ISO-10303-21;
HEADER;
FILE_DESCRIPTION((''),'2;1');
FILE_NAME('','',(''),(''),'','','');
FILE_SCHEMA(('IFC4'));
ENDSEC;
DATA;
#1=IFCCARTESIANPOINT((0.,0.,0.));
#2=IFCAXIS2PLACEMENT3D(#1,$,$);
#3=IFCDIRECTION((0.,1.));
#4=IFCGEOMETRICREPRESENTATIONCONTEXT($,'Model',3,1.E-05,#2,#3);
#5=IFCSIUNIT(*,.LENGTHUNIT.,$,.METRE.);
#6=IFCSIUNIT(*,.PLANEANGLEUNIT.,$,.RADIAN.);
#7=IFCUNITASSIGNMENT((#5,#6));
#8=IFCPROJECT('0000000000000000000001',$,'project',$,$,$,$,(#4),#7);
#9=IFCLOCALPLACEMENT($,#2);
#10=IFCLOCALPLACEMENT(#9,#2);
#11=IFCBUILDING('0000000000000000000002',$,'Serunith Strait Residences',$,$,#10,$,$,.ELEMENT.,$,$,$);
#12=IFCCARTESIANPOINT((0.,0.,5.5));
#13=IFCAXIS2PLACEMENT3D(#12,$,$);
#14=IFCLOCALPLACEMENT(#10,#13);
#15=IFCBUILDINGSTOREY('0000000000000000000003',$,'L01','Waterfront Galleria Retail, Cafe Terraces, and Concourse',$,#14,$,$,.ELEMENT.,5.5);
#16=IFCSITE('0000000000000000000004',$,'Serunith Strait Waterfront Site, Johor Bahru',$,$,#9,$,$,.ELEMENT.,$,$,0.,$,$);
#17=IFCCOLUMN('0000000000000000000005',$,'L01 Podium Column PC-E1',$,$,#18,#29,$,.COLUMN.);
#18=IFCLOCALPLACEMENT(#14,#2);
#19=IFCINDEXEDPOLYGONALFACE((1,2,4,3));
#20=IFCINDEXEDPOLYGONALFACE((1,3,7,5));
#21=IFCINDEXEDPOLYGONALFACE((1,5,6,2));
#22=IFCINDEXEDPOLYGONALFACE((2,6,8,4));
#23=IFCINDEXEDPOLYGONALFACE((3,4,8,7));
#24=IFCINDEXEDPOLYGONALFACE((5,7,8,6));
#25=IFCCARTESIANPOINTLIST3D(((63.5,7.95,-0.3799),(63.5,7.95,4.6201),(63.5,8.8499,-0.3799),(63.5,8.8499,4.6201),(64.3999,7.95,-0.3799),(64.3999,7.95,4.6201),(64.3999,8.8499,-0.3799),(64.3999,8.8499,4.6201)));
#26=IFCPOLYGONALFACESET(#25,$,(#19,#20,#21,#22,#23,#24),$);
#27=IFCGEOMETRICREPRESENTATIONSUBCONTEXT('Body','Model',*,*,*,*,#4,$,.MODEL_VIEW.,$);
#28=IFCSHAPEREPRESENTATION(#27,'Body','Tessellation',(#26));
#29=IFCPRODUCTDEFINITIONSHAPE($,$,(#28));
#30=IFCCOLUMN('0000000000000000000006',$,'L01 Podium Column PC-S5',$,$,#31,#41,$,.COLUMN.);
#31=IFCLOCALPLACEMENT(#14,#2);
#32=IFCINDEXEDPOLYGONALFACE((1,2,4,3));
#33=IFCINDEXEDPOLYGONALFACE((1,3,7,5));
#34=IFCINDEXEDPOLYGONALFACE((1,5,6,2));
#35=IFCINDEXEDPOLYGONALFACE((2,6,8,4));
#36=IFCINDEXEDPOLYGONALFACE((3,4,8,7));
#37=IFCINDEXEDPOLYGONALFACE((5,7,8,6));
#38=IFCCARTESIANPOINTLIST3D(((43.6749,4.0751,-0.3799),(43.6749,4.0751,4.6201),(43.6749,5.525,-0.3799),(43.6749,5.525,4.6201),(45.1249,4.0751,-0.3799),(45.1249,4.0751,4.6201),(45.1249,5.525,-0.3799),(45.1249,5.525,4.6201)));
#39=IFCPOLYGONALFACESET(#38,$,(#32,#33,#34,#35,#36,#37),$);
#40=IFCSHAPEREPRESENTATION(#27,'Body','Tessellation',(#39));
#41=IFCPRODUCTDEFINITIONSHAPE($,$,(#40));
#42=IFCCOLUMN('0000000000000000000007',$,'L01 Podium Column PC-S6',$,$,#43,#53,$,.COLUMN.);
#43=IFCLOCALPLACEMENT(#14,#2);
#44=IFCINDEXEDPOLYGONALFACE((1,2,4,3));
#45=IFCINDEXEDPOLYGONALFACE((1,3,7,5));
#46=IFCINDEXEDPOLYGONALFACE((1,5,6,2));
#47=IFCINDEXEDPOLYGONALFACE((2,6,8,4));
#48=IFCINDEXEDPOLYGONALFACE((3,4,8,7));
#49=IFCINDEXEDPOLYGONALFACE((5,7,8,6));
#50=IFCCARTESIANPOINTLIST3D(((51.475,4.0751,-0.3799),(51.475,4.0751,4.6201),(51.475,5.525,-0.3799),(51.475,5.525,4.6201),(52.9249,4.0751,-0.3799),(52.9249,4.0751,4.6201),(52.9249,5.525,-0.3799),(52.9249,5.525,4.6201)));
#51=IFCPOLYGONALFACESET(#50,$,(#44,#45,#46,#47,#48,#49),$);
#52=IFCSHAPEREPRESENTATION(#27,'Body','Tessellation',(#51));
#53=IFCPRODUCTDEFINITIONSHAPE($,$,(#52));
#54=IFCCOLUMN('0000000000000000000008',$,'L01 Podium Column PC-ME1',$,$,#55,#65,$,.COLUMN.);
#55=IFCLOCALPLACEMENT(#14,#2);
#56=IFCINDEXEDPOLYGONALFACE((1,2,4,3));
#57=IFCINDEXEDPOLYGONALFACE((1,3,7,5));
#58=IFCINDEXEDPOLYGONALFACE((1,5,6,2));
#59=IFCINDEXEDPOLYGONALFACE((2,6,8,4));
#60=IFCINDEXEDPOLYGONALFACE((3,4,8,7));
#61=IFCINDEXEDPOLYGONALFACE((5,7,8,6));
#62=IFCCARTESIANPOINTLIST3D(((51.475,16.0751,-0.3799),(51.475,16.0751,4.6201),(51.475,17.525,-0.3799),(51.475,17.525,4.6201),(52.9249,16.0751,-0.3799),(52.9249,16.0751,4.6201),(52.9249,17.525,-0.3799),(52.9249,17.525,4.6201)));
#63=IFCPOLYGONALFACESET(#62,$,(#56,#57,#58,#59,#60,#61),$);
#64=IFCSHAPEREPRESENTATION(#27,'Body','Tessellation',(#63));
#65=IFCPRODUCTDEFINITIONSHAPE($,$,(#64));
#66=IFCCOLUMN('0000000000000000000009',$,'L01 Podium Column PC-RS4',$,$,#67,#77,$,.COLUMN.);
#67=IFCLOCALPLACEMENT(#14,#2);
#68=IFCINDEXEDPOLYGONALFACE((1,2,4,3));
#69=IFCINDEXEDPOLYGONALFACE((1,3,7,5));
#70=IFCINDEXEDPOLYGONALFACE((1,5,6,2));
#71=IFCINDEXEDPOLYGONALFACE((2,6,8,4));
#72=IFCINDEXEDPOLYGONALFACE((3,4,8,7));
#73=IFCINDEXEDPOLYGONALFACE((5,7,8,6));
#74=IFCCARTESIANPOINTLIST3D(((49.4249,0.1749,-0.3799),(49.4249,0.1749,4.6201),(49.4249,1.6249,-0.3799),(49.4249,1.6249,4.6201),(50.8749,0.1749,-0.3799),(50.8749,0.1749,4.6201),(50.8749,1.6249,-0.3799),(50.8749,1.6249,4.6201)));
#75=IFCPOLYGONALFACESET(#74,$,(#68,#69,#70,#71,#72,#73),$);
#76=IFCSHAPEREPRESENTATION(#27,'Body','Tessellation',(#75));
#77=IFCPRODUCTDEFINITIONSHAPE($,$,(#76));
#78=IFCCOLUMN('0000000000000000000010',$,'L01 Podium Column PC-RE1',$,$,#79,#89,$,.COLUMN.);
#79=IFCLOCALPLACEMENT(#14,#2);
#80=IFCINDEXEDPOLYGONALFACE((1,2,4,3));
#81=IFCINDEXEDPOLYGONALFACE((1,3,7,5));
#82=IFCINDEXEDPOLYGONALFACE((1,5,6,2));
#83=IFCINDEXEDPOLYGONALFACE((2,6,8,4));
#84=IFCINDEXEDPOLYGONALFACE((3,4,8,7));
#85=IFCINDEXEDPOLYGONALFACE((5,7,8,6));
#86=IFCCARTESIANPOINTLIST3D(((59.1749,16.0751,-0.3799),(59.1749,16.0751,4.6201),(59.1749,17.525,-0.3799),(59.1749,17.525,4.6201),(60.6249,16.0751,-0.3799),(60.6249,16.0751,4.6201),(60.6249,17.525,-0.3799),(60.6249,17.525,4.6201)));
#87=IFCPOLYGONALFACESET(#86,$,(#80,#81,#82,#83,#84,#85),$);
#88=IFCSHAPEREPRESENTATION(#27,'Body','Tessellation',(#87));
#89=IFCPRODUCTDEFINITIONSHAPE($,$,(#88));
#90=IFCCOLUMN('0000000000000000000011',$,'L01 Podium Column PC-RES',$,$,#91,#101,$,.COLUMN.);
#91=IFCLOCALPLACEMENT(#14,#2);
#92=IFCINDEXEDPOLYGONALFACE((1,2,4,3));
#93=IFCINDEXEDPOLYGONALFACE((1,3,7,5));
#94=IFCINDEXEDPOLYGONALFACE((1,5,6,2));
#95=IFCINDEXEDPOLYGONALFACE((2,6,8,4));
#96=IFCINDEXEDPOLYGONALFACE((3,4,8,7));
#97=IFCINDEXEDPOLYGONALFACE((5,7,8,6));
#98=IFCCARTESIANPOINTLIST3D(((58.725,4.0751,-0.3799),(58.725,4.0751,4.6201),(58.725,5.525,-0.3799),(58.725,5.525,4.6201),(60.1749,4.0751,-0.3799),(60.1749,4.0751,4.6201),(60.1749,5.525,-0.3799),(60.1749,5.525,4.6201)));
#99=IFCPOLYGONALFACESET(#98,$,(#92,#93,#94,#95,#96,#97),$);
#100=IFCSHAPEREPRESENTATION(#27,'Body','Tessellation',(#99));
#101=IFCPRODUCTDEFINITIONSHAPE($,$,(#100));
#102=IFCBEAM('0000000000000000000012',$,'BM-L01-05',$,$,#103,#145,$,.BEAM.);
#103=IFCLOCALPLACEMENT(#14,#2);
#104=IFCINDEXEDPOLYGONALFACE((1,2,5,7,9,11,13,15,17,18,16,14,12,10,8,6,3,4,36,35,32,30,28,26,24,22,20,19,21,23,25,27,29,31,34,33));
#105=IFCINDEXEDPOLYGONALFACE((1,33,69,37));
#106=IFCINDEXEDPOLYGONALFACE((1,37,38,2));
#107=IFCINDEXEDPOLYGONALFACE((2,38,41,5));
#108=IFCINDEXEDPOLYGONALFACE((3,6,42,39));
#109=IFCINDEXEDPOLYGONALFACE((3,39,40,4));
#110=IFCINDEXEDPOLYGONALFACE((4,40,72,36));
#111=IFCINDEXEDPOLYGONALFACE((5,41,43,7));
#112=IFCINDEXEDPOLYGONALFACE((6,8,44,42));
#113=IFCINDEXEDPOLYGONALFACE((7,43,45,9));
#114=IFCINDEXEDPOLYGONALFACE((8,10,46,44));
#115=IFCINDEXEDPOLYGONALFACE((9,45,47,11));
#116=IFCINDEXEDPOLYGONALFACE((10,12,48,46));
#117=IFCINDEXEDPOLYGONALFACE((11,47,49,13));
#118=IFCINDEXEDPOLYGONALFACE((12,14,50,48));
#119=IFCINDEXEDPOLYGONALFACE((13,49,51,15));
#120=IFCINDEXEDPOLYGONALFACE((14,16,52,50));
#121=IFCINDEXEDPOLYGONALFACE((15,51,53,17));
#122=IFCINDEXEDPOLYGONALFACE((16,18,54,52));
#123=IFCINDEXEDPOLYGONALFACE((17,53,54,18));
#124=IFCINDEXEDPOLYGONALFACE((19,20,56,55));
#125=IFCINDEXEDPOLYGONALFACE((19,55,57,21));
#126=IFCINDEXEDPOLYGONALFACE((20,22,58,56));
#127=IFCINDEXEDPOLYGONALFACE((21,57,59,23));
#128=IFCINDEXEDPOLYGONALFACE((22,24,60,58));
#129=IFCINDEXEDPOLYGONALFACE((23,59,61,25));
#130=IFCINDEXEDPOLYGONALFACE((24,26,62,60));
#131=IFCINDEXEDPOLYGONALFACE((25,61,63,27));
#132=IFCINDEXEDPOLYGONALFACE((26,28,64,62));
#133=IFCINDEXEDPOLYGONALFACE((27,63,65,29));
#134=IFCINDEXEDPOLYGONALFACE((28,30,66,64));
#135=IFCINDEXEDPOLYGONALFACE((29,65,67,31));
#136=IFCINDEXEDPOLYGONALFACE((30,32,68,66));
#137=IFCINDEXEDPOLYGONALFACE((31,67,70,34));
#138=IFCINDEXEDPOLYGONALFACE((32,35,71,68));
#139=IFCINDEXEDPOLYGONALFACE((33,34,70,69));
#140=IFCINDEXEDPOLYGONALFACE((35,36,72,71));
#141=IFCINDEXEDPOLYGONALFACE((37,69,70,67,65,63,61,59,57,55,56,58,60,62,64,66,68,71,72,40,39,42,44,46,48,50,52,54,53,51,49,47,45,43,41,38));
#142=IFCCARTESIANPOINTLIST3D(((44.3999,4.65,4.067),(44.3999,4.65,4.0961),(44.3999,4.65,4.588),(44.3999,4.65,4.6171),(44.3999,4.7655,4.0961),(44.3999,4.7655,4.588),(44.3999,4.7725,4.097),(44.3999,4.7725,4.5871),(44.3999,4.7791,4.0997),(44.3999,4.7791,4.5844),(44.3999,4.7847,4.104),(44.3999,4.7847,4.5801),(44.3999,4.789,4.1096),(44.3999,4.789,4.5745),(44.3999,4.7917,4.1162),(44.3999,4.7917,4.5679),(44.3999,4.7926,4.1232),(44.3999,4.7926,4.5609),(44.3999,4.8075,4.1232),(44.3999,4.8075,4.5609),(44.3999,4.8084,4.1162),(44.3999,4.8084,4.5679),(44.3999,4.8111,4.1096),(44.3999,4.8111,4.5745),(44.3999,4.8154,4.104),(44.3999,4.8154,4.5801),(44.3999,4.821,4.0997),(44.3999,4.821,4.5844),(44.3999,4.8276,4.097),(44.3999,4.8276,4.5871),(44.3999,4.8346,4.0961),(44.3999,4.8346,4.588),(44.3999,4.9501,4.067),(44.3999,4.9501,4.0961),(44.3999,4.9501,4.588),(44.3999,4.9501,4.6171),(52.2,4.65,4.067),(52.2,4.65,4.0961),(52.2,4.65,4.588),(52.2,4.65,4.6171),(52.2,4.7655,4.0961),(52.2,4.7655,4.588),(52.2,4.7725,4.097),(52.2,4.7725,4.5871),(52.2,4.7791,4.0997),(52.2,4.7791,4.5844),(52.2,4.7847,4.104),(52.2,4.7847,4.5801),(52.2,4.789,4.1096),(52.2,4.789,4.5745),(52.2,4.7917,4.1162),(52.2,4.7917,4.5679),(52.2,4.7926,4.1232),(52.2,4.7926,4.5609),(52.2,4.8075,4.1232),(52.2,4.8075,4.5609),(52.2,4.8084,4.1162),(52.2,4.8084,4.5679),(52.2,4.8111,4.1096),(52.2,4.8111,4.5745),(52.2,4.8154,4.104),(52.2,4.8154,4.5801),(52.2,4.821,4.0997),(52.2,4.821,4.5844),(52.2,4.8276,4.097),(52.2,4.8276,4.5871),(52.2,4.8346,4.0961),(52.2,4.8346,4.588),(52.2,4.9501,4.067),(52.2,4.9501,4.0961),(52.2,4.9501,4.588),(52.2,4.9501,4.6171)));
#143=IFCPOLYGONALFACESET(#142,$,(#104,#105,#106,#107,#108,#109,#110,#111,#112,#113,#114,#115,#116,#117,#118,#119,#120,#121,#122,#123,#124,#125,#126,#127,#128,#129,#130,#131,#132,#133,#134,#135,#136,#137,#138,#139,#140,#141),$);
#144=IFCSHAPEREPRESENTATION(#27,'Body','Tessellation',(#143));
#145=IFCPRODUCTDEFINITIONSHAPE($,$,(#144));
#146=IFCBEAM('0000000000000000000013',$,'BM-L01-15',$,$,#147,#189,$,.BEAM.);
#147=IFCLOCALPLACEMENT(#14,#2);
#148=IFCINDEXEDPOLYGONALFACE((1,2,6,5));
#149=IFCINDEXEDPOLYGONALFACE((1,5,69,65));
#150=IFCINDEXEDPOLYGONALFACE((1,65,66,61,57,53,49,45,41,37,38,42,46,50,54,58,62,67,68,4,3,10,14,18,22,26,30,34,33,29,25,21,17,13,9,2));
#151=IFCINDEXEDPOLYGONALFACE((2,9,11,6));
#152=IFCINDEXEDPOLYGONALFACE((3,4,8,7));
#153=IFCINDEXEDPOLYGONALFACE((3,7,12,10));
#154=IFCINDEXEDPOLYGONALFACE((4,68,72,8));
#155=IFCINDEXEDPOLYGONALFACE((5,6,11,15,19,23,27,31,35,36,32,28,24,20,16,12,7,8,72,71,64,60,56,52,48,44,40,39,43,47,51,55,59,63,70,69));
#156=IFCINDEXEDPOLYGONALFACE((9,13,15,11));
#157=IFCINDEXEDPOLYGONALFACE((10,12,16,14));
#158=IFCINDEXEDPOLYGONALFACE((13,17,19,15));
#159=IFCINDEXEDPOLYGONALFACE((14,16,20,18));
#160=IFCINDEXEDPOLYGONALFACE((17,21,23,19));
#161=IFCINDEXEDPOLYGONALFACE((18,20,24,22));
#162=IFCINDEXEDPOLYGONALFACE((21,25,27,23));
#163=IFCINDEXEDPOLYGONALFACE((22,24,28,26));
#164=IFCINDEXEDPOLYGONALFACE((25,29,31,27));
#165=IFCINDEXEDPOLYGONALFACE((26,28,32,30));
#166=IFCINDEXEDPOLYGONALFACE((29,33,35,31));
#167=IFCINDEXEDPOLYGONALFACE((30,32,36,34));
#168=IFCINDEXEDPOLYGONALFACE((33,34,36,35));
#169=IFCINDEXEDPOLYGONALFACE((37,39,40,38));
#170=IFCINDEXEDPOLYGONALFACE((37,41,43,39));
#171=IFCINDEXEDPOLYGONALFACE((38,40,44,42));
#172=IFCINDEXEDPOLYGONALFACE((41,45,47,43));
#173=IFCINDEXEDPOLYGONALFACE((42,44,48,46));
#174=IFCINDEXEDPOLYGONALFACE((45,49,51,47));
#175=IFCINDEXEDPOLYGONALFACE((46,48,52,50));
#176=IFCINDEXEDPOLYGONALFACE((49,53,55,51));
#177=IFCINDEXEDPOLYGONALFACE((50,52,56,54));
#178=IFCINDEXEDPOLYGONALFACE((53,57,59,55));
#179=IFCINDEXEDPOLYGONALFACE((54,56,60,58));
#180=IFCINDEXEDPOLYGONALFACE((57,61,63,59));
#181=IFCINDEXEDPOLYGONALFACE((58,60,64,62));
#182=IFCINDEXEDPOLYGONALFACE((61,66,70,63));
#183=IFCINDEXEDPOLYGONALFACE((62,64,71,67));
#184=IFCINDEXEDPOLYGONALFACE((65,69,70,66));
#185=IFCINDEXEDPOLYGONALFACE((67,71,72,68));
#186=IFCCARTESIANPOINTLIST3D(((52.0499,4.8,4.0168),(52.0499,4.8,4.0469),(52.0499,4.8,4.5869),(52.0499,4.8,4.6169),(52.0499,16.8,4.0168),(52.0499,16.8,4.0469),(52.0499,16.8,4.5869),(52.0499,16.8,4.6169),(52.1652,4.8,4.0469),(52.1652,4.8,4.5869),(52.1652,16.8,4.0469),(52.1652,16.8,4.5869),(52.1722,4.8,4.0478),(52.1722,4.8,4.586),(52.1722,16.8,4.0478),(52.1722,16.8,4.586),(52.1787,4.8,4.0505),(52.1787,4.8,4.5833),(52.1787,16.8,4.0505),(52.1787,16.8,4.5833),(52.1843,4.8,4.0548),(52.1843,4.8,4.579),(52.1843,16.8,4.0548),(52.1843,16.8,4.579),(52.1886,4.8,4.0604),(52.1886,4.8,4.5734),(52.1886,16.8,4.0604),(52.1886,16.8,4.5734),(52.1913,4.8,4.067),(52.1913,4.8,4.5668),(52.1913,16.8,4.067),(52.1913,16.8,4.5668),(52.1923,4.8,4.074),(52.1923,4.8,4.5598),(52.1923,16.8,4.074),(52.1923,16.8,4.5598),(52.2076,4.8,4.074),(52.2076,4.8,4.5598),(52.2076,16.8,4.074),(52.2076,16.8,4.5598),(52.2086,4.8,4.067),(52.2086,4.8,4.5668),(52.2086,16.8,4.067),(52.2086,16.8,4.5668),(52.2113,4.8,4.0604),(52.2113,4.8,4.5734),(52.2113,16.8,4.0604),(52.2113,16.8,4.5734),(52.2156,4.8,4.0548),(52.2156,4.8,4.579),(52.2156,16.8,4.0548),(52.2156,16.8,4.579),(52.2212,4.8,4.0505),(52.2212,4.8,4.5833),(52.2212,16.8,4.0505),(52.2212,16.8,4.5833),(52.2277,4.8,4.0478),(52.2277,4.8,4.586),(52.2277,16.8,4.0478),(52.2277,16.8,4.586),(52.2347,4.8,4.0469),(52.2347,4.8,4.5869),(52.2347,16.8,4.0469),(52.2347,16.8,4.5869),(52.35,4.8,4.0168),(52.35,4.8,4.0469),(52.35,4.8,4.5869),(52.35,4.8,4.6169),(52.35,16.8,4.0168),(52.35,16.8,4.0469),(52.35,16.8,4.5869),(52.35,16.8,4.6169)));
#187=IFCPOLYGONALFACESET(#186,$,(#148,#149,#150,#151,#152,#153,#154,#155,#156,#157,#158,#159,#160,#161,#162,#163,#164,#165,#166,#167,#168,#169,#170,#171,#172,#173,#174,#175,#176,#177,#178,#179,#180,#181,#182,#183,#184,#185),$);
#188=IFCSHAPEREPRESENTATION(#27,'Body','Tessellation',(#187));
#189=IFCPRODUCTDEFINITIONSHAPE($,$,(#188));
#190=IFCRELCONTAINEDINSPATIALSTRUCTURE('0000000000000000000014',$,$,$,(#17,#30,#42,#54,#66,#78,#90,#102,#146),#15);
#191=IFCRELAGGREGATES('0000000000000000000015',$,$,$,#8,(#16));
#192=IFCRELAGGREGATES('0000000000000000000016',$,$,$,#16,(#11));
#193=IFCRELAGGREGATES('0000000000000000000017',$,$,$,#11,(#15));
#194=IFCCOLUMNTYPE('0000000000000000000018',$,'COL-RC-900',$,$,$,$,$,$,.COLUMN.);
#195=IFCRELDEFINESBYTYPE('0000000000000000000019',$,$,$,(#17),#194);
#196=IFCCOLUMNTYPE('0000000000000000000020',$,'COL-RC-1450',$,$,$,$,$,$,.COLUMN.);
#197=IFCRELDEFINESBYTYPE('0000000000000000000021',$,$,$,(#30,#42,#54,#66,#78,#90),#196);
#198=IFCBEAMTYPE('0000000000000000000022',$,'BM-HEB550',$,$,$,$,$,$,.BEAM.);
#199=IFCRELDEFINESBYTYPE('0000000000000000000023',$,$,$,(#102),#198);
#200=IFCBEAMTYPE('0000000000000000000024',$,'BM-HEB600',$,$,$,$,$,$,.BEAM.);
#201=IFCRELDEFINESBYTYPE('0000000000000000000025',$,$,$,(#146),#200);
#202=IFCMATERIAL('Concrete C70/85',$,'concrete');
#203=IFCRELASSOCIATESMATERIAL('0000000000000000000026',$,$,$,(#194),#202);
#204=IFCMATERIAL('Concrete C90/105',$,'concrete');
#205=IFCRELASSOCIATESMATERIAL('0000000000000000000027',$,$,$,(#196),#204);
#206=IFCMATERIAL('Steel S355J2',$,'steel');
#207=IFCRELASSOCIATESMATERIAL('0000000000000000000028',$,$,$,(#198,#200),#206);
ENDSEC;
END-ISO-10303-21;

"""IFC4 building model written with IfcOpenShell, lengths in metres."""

from ifc_helpers import new_model, si_unit, direction, frame, origin, origin_2d, place, context, subcontext, project, spatial, rectangle, i_section, extrude, source, transform, mapped, material, material_profile, profile_set, type_object, element, save


model = new_model("IFC4")

# Units and contexts
model_context = context("Model", 3, precision=1e-05, world=origin(), true_north=direction((0.0, 1.0)))
body_context = subcontext(model_context, "Body", "Model", "MODEL_VIEW")
ifc_project = project(units=[si_unit("LENGTHUNIT", "METRE"), si_unit("PLANEANGLEUNIT", "RADIAN")], contexts=[model_context])

# Site, building, storey
site_placement = place(None, origin())
site = spatial("IfcSite", under=ifc_project, at=site_placement, Name="Serunith Strait Waterfront Site, Johor Bahru", CompositionType="ELEMENT", RefElevation=0.0)
building_placement = place(site_placement, origin())
building = spatial("IfcBuilding", under=site, at=building_placement, Name="Serunith Strait Residences", CompositionType="ELEMENT")
storey_placement = place(building_placement, frame((0.0, 0.0, 5.5)))
storey = spatial("IfcBuildingStorey", under=building, at=storey_placement, Name="L01", Description="Waterfront Galleria Retail, Cafe Terraces, and Concourse", CompositionType="ELEMENT", Elevation=5.5)

# Columns
ifc_material_1 = material(Name="Concrete C70/85", Category="concrete")
ifc_material_profile_1 = material_profile(ifc_material_1, rectangle(XDim=0.8999, YDim=0.8999, at=origin_2d()), Name="RC 900x900")
ifc_profile_set_1 = profile_set([ifc_material_profile_1], Name="Concrete C70/85")
column_type_1 = type_object("IfcColumnType", Name="COL-RC-900", PredefinedType="COLUMN", material=ifc_profile_set_1)
shared_shape_1 = source(origin(), body_context, "Body", "SweptSolid", [
    extrude(rectangle(XDim=0.8999, YDim=0.8999, at=origin_2d()), origin(), (0.0, 0.0, 1.0), 5.0),
])
column_placement = place(storey_placement, frame((63.95, 8.3999, -0.3799), z_axis=(0.0, 0.0, 1.0), x_axis=(1.0, 0.0, 0.0)))
element("IfcColumn", 1, at=column_placement, inside=storey, type_object=column_type_1, Name="L01 Podium Column PC-E1", PredefinedType="COLUMN", context=body_context, shape_type="MappedRepresentation", body=[
    mapped(shared_shape_1, transform((0.0, 0.0, 0.0), scale=1.0)),
])
ifc_material_2 = material(Name="Concrete C90/105", Category="concrete")
ifc_material_profile_2 = material_profile(ifc_material_2, rectangle(XDim=1.45, YDim=1.45, at=origin_2d()), Name="RC 1450x1450")
ifc_profile_set_2 = profile_set([ifc_material_profile_2], Name="Concrete C90/105")
column_type_2 = type_object("IfcColumnType", Name="COL-RC-1450", PredefinedType="COLUMN", material=ifc_profile_set_2)
shared_shape_2 = source(origin(), body_context, "Body", "SweptSolid", [
    extrude(rectangle(XDim=1.45, YDim=1.45, at=origin_2d()), origin(), (0.0, 0.0, 1.0), 5.0),
])
for number, where, z_axis, x_axis, name in (
    (2, (44.3999, 4.8, -0.3799), (0.0, 0.0, 1.0), (1.0, 0.0, 0.0), "L01 Podium Column PC-S5"),
    (3, (52.2, 4.8, -0.3799), (0.0, 0.0, 1.0), (1.0, 0.0, 0.0), "L01 Podium Column PC-S6"),
    (4, (52.2, 16.8, -0.3799), (0.0, 0.0, 1.0), (1.0, 0.0, 0.0), "L01 Podium Column PC-ME1"),
    (5, (50.1499, 0.8999, -0.3799), (0.0, 0.0, 1.0), (1.0, 0.0, 0.0), "L01 Podium Column PC-RS4"),
    (6, (59.8999, 16.8, -0.3799), (0.0, 0.0, 1.0), (1.0, 0.0, 0.0), "L01 Podium Column PC-RE1"),
    (7, (59.45, 4.8, -0.3799), (0.0, 0.0, 1.0), (1.0, 0.0, 0.0), "L01 Podium Column PC-RES"),
):
    element("IfcColumn", number, at=place(storey_placement, frame(where, z_axis=z_axis, x_axis=x_axis)), inside=storey, type_object=column_type_2, Name=name, PredefinedType="COLUMN", context=body_context, shape_type="MappedRepresentation", body=[
        mapped(shared_shape_2, transform((0.0, 0.0, 0.0), scale=1.0)),
    ])

# Beams
ifc_material_3 = material(Name="Steel S355J2", Category="steel")
ifc_material_profile_3 = material_profile(ifc_material_3, i_section(OverallWidth=0.3, OverallDepth=0.55, WebThickness=0.0149, FlangeThickness=0.0291, FilletRadius=0.0271, at=origin_2d()), Name="HEB 550")
ifc_profile_set_3 = profile_set([ifc_material_profile_3], Name="Steel S355J2")
beam_type_1 = type_object("IfcBeamType", Name="BM-HEB550", PredefinedType="BEAM", material=ifc_profile_set_3)
shared_shape_3 = source(origin(), body_context, "Body", "SweptSolid", [
    extrude(i_section(OverallWidth=0.3, OverallDepth=0.55, WebThickness=0.0149, FlangeThickness=0.0291, FilletRadius=0.0271, at=origin_2d()), origin(), (0.0, 0.0, 1.0), 7.8),
])
beam_1_placement = place(storey_placement, frame((44.3999, 4.8, 4.342), z_axis=(1.0, 0.0, 0.0), x_axis=(0.0, 1.0, 0.0)))
element("IfcBeam", 8, at=beam_1_placement, inside=storey, type_object=beam_type_1, Name="BM-L01-05", PredefinedType="BEAM", context=body_context, shape_type="MappedRepresentation", body=[
    mapped(shared_shape_3, transform((0.0, 0.0, 0.0), scale=1.0)),
])
ifc_material_profile_4 = material_profile(ifc_material_3, i_section(OverallWidth=0.3, OverallDepth=0.6001, WebThickness=0.0154, FlangeThickness=0.03, FilletRadius=0.0271, at=origin_2d()), Name="HEB 600")
ifc_profile_set_4 = profile_set([ifc_material_profile_4], Name="Steel S355J2")
beam_type_2 = type_object("IfcBeamType", Name="BM-HEB600", PredefinedType="BEAM", material=ifc_profile_set_4)
shared_shape_4 = source(origin(), body_context, "Body", "SweptSolid", [
    extrude(i_section(OverallWidth=0.3, OverallDepth=0.6001, WebThickness=0.0154, FlangeThickness=0.03, FilletRadius=0.0271, at=origin_2d()), origin(), (0.0, 0.0, 1.0), 12.0),
])
beam_2_placement = place(storey_placement, frame((52.2, 4.8, 4.3169), z_axis=(0.0, 1.0, 0.0), x_axis=(-1.0, 0.0, 0.0)))
element("IfcBeam", 9, at=beam_2_placement, inside=storey, type_object=beam_type_2, Name="BM-L01-15", PredefinedType="BEAM", context=body_context, shape_type="MappedRepresentation", body=[
    mapped(shared_shape_4, transform((0.0, 0.0, 0.0), scale=1.0)),
])

save(model, "model.ifc")
